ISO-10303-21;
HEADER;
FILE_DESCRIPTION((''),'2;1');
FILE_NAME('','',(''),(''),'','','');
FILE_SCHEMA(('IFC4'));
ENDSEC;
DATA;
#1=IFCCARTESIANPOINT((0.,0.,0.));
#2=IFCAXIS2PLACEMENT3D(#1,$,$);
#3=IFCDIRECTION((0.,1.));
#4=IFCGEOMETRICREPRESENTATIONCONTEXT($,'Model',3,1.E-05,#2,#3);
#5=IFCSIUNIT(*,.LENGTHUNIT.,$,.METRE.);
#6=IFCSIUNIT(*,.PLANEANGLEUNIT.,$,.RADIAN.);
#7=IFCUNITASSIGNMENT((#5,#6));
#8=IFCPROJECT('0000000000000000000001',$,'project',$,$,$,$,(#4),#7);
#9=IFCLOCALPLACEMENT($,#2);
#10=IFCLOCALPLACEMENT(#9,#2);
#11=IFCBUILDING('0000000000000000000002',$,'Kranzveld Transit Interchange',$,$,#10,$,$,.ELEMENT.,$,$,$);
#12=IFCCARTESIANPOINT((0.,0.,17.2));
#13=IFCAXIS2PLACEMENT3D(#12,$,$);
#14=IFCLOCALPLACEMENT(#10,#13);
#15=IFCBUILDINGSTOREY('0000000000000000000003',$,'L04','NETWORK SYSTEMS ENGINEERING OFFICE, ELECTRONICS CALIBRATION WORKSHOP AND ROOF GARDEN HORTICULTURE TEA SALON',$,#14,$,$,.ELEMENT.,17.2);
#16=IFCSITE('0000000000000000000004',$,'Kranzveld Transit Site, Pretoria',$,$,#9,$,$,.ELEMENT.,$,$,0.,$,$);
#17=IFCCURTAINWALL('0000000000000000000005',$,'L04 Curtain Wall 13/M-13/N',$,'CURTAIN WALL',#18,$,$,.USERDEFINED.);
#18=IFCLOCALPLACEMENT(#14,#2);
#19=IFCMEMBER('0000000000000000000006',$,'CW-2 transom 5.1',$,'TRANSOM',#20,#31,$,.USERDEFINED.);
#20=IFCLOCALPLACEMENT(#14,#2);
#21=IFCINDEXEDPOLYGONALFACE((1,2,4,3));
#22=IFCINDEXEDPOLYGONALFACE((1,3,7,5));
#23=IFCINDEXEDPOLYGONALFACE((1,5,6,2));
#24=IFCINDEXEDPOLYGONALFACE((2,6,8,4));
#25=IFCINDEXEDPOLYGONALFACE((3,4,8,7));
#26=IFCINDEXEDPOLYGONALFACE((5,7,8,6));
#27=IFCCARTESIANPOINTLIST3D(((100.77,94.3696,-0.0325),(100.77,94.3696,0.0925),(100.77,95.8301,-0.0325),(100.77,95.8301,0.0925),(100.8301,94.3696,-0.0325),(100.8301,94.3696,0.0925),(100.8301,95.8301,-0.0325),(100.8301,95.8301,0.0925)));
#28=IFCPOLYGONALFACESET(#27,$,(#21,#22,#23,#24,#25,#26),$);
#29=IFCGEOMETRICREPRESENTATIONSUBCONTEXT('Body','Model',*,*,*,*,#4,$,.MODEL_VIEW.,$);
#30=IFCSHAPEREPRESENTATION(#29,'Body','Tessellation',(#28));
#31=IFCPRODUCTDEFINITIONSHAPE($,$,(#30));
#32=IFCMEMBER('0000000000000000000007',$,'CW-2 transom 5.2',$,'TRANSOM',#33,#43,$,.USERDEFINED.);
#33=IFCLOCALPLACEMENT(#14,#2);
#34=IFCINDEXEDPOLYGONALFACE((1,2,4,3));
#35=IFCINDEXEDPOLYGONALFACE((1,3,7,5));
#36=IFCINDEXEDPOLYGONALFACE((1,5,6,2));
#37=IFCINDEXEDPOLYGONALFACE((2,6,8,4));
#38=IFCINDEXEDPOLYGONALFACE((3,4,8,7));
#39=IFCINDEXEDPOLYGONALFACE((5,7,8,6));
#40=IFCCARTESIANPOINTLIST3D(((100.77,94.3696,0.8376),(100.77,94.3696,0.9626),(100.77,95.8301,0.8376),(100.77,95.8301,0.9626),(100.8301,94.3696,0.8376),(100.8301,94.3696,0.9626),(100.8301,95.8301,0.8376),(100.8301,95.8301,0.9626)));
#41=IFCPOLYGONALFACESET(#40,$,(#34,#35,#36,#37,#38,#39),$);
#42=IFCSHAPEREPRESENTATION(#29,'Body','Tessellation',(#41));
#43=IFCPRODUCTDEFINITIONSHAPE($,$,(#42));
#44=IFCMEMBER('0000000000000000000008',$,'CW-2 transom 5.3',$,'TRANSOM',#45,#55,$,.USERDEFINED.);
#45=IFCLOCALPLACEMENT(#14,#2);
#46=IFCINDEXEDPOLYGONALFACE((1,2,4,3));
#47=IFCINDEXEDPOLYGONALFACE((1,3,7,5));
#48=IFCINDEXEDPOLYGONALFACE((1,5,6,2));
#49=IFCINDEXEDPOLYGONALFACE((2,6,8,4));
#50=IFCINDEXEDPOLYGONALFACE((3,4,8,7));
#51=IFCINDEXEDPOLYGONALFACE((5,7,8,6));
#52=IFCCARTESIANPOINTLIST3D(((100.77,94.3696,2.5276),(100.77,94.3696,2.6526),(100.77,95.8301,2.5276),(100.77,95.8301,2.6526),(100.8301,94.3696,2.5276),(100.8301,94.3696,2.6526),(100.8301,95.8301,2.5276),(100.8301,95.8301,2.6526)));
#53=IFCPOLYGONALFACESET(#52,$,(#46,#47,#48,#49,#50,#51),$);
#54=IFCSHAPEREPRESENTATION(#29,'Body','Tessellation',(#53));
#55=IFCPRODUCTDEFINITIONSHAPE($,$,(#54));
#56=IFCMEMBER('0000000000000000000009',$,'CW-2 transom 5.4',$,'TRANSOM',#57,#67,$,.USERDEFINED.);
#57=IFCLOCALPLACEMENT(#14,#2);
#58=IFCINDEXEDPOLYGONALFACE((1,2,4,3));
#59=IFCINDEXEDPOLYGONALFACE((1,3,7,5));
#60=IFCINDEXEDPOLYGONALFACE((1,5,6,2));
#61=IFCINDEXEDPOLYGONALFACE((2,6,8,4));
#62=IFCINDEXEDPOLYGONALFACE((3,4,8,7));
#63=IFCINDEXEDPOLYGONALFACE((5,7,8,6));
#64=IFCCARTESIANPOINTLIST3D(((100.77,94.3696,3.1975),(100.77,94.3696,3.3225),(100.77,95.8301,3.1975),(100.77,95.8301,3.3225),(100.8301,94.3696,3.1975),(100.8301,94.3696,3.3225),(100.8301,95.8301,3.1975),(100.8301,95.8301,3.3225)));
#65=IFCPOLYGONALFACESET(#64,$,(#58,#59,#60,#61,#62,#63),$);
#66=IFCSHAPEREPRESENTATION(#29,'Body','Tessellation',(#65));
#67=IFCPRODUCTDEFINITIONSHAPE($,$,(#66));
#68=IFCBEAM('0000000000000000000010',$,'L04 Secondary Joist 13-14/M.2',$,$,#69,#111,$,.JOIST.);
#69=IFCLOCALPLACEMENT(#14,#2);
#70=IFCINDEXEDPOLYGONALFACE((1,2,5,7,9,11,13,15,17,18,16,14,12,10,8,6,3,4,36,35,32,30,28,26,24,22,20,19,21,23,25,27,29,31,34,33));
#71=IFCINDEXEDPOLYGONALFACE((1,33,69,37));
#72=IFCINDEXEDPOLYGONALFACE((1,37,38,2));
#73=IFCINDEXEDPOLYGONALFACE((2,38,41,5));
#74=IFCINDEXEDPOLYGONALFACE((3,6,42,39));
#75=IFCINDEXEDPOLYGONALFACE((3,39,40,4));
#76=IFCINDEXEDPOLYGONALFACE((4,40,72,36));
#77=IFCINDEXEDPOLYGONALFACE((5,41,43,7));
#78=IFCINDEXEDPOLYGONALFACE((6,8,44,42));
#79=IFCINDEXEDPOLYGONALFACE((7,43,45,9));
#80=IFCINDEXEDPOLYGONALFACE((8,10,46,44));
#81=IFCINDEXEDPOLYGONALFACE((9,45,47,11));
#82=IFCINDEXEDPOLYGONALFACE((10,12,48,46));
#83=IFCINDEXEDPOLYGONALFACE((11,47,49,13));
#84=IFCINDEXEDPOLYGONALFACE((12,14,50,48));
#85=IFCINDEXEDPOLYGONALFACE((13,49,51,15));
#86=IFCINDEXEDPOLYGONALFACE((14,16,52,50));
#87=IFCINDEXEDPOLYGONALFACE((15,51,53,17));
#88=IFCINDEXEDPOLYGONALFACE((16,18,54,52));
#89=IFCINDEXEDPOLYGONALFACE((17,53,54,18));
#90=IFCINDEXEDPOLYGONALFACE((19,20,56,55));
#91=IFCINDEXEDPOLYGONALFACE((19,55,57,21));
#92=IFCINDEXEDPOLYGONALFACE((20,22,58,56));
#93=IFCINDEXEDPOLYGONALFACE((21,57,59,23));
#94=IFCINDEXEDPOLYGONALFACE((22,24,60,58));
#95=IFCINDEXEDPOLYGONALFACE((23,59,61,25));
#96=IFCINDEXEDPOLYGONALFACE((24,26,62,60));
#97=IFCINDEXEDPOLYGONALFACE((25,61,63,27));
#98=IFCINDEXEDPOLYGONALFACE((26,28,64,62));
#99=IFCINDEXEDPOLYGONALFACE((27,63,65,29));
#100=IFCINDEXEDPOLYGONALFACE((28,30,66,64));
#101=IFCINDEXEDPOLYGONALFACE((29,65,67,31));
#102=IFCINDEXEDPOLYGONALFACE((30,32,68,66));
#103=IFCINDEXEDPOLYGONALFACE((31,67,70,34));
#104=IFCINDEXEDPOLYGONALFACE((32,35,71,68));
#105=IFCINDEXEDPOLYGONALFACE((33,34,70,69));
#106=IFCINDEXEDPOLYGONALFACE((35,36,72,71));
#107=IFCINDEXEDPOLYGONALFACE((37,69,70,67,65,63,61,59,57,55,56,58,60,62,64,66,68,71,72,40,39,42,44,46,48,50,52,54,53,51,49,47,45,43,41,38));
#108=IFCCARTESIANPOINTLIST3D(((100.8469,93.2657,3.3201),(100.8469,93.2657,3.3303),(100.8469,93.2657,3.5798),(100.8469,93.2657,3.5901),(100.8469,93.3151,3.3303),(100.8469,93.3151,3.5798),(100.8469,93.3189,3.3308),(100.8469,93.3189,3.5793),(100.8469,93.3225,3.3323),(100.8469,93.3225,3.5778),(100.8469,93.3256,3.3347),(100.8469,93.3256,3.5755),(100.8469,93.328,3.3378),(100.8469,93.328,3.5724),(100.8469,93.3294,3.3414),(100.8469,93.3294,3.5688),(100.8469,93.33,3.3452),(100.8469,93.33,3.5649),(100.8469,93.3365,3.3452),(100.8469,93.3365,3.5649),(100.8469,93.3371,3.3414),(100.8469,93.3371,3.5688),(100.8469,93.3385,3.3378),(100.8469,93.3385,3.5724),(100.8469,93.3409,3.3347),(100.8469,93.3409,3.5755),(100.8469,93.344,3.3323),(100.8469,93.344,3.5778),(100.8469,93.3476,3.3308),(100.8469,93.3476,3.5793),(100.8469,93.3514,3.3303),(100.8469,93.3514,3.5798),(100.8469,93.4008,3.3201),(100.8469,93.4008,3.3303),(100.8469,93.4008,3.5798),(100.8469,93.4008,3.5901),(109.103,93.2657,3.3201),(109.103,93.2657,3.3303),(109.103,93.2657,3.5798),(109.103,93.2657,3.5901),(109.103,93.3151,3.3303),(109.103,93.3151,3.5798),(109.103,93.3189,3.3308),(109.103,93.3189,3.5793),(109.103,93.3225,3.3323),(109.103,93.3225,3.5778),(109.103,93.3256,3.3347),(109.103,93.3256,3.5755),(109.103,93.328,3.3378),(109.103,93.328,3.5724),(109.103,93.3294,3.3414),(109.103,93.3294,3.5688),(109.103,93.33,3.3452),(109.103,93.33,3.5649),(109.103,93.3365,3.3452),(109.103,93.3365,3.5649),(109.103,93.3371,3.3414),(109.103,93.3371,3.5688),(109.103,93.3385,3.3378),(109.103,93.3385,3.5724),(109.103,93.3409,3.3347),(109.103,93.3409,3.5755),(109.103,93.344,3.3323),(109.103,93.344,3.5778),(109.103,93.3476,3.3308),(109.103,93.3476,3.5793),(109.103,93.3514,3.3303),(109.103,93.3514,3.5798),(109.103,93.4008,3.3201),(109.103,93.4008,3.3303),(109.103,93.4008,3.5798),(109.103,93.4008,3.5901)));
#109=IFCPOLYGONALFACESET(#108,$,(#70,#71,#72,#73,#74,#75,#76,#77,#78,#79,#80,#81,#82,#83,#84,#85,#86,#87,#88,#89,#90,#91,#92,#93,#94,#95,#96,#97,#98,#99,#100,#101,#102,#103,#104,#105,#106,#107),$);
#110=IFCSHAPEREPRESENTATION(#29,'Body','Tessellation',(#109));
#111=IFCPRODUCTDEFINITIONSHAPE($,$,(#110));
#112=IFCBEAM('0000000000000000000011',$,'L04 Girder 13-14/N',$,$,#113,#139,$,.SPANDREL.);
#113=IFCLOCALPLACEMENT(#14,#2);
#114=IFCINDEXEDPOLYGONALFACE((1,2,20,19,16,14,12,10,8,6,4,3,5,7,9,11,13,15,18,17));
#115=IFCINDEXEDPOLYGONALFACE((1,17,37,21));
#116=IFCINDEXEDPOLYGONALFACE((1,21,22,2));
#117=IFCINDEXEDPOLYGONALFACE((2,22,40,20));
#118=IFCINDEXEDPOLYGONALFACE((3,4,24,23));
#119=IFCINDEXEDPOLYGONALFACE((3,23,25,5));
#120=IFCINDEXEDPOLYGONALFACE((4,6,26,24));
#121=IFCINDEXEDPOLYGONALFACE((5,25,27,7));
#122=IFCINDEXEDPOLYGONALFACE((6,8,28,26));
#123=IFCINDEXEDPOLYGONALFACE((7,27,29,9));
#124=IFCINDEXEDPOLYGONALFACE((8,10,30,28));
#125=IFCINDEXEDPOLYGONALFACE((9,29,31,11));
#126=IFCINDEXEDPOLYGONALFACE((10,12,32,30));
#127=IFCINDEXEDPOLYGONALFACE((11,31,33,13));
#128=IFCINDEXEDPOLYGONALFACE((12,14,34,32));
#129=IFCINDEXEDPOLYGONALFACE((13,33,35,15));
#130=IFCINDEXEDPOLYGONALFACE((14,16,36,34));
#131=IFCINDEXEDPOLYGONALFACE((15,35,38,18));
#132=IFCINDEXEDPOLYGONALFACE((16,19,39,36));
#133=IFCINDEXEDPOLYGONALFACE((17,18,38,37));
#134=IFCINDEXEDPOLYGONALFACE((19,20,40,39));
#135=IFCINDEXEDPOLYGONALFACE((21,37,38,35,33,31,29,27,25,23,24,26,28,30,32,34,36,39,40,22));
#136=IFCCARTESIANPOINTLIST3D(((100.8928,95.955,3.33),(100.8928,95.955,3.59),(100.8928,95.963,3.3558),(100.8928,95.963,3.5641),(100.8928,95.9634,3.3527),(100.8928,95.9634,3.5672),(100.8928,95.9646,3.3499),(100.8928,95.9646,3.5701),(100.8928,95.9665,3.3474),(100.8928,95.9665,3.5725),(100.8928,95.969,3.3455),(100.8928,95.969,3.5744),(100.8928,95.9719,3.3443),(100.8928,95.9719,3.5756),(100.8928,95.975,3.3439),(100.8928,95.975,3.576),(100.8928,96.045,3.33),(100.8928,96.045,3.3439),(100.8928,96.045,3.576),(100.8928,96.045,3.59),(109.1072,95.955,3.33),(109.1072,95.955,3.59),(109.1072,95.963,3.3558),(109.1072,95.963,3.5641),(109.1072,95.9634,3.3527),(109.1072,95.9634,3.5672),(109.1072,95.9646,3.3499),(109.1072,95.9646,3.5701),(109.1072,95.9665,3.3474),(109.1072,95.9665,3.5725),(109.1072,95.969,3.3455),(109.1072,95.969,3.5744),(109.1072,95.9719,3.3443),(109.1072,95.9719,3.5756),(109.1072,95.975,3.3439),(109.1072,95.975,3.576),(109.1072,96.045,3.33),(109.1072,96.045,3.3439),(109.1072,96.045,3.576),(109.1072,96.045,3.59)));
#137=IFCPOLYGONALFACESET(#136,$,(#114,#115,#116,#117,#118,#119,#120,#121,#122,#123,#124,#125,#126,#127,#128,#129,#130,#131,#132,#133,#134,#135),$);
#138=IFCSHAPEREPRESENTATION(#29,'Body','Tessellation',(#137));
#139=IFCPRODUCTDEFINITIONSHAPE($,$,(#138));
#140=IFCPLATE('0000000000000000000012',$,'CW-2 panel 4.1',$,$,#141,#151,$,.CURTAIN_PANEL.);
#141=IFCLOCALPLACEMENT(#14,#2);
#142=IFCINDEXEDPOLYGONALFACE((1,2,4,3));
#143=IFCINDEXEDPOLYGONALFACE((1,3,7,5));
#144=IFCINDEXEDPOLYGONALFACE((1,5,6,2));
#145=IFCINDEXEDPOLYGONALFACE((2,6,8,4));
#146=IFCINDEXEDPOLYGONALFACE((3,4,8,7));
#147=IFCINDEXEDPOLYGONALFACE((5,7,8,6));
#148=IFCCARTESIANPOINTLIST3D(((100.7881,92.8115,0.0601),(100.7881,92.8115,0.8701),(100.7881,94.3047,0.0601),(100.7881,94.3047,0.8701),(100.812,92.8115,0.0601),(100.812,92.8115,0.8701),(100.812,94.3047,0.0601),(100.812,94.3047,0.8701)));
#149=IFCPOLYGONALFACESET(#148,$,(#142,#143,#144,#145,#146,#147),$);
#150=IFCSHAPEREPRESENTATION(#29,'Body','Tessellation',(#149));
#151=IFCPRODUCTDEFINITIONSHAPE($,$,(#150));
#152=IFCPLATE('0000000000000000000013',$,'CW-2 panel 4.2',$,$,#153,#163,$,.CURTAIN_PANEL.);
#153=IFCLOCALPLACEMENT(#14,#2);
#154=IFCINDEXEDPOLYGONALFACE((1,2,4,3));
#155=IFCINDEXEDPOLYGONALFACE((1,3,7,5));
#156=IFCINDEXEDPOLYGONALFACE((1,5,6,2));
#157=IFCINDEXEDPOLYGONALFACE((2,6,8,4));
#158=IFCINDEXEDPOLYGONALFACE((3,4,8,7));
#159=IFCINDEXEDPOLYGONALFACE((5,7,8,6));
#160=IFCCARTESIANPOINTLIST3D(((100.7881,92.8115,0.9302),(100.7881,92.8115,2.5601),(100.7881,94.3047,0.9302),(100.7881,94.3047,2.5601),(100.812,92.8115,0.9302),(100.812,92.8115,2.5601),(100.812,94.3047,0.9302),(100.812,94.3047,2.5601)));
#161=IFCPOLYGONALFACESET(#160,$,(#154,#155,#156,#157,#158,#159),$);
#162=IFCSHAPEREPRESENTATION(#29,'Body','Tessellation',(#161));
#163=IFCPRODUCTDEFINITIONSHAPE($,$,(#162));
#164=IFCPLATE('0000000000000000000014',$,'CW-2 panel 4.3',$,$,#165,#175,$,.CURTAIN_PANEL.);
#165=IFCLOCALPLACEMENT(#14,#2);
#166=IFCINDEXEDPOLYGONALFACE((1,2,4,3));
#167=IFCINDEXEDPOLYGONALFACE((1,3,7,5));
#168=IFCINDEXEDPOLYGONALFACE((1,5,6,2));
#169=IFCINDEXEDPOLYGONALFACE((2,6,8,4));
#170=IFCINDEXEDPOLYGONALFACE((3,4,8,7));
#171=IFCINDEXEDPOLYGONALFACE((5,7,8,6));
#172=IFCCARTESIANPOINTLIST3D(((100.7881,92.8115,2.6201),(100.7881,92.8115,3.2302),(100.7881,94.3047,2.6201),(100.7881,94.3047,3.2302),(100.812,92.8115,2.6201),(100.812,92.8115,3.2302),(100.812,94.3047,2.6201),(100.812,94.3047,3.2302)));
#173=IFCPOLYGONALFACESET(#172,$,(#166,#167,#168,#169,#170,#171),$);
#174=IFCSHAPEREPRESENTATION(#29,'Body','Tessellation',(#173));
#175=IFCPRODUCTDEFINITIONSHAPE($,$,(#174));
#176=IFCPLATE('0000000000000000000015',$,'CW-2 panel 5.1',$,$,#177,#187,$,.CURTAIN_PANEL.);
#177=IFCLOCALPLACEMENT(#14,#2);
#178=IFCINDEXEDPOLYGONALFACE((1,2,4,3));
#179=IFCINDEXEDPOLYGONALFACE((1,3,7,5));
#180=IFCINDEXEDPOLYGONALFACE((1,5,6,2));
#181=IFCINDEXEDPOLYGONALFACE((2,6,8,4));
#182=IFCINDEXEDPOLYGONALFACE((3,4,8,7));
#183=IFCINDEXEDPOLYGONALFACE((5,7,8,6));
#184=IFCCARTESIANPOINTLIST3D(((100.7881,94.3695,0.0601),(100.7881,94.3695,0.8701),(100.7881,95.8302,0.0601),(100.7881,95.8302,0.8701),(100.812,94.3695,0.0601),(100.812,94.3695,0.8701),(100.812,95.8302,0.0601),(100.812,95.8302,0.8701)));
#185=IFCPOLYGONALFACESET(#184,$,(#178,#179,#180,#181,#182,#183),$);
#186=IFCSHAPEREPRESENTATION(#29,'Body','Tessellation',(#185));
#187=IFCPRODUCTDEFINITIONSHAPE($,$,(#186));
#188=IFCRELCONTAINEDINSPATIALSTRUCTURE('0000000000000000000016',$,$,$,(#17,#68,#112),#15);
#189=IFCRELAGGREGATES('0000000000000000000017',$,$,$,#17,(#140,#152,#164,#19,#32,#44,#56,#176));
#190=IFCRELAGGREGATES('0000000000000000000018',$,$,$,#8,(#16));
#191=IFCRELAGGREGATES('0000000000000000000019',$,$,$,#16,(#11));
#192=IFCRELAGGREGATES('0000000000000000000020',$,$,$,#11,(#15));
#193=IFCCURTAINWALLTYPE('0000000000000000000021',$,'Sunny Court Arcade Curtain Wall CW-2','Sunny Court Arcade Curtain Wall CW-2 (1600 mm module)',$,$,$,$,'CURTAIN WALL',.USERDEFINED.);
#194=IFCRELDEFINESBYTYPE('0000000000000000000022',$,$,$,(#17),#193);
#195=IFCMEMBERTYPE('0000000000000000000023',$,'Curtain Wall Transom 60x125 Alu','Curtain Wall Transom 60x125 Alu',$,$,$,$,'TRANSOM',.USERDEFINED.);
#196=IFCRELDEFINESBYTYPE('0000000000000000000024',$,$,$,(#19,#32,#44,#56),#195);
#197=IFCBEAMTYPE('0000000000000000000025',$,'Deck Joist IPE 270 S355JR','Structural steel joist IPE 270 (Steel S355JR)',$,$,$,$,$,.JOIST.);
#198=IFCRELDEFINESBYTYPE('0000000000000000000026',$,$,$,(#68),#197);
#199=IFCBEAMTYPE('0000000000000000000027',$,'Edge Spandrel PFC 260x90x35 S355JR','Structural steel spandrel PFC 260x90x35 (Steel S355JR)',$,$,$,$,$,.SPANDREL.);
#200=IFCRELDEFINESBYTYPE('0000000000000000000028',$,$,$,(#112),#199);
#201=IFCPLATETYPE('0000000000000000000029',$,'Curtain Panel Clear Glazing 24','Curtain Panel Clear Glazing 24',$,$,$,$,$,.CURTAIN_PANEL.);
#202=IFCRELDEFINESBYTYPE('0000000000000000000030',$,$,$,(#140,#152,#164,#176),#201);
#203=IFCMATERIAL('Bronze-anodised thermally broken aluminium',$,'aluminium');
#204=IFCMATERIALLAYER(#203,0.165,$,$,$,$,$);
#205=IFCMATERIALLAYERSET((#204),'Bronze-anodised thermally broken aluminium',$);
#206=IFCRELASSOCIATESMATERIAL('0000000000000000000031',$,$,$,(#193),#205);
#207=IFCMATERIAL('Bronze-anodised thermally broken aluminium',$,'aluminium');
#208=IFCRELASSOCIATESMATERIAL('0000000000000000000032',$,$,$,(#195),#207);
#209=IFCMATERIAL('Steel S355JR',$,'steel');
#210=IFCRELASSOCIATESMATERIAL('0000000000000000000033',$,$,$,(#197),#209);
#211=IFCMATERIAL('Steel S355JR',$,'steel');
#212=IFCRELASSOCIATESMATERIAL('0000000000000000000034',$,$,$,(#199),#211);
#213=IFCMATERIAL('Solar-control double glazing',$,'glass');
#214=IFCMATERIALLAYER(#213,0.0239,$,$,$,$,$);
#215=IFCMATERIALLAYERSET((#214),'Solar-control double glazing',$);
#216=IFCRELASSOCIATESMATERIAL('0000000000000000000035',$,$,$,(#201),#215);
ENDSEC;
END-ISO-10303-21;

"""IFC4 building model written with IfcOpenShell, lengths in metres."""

from ifc_helpers import new_model, si_unit, direction, frame, origin, origin_2d, place, context, subcontext, project, spatial, rectangle, i_section, u_section, extrude, material, layer, layer_set, material_profile, profile_set, type_object, element, aggregate, save


model = new_model("IFC4")

# Units and contexts
model_context = context("Model", 3, precision=1e-05, world=origin(), true_north=direction((0.0, 1.0)))
body_context = subcontext(model_context, "Body", "Model", "MODEL_VIEW")
ifc_project = project(units=[si_unit("LENGTHUNIT", "METRE"), si_unit("PLANEANGLEUNIT", "RADIAN")], contexts=[model_context])

# Site, building, storey
site_placement = place(None, origin())
site = spatial("IfcSite", under=ifc_project, at=site_placement, Name="Kranzveld Transit Site, Pretoria", CompositionType="ELEMENT", RefElevation=0.0)
building_placement = place(site_placement, origin())
building = spatial("IfcBuilding", under=site, at=building_placement, Name="Kranzveld Transit Interchange", CompositionType="ELEMENT")
storey_placement = place(building_placement, frame((0.0, 0.0, 17.2)))
storey = spatial("IfcBuildingStorey", under=building, at=storey_placement, Name="L04", Description="NETWORK SYSTEMS ENGINEERING OFFICE, ELECTRONICS CALIBRATION WORKSHOP AND ROOF GARDEN HORTICULTURE TEA SALON", CompositionType="ELEMENT", Elevation=17.2)

# Curtain wall
ifc_material_1 = material(Name="Bronze-anodised thermally broken aluminium", Category="aluminium")
ifc_layer_1 = layer(ifc_material_1, 0.165)
ifc_layer_set_1 = layer_set([ifc_layer_1], Name="Bronze-anodised thermally broken aluminium")
curtain_wall_type_1 = type_object("IfcCurtainWallType", Name="Sunny Court Arcade Curtain Wall CW-2", Description="Sunny Court Arcade Curtain Wall CW-2 (1600 mm module)", ElementType="CURTAIN WALL", PredefinedType="USERDEFINED", material=ifc_layer_set_1)
curtain_wall_1_placement = place(storey_placement, origin())
curtain_wall_1 = element("IfcCurtainWall", 1, at=curtain_wall_1_placement, inside=storey, type_object=curtain_wall_type_1, Name="L04 Curtain Wall 13/M-13/N", ObjectType="CURTAIN WALL", PredefinedType="USERDEFINED")

# Members
ifc_material_2 = material(Name="Bronze-anodised thermally broken aluminium", Category="aluminium")
ifc_material_profile_1 = material_profile(ifc_material_2, rectangle(XDim=0.0601, YDim=0.125, at=origin_2d()), Name="ALU TRANSOM 60x125")
ifc_profile_set_1 = profile_set([ifc_material_profile_1], Name="Bronze-anodised thermally broken aluminium")
member_type_1 = type_object("IfcMemberType", Name="Curtain Wall Transom 60x125 Alu", Description="Curtain Wall Transom 60x125 Alu", ElementType="TRANSOM", PredefinedType="USERDEFINED", material=ifc_profile_set_1)
member_1_placement = place(storey_placement, frame((100.8, 94.3696, 0.03), z_axis=(0.0, 1.0, 0.0), x_axis=(-1.0, 0.0, 0.0)))
member_1 = element("IfcMember", 2, at=member_1_placement, type_object=member_type_1, Name="CW-2 transom 5.1", ObjectType="TRANSOM", PredefinedType="USERDEFINED", context=body_context, shape_type="SweptSolid", body=[
    extrude(rectangle(XDim=0.0601, YDim=0.125, at=origin_2d()), origin(), (0.0, 0.0, 1.0), 1.4604),
])
member_2_placement = place(storey_placement, frame((100.8, 94.3696, 0.9001), z_axis=(0.0, 1.0, 0.0), x_axis=(-1.0, 0.0, 0.0)))
member_2 = element("IfcMember", 3, at=member_2_placement, type_object=member_type_1, Name="CW-2 transom 5.2", ObjectType="TRANSOM", PredefinedType="USERDEFINED", context=body_context, shape_type="SweptSolid", body=[
    extrude(rectangle(XDim=0.0601, YDim=0.125, at=origin_2d()), origin(), (0.0, 0.0, 1.0), 1.4604),
])
member_3_placement = place(storey_placement, frame((100.8, 94.3696, 2.5901), z_axis=(0.0, 1.0, 0.0), x_axis=(-1.0, 0.0, 0.0)))
member_3 = element("IfcMember", 4, at=member_3_placement, type_object=member_type_1, Name="CW-2 transom 5.3", ObjectType="TRANSOM", PredefinedType="USERDEFINED", context=body_context, shape_type="SweptSolid", body=[
    extrude(rectangle(XDim=0.0601, YDim=0.125, at=origin_2d()), origin(), (0.0, 0.0, 1.0), 1.4604),
])
member_4_placement = place(storey_placement, frame((100.8, 94.3696, 3.26), z_axis=(0.0, 1.0, 0.0), x_axis=(-1.0, 0.0, 0.0)))
member_4 = element("IfcMember", 5, at=member_4_placement, type_object=member_type_1, Name="CW-2 transom 5.4", ObjectType="TRANSOM", PredefinedType="USERDEFINED", context=body_context, shape_type="SweptSolid", body=[
    extrude(rectangle(XDim=0.0601, YDim=0.125, at=origin_2d()), origin(), (0.0, 0.0, 1.0), 1.4604),
])

# Beams
ifc_material_3 = material(Name="Steel S355JR", Category="steel")
ifc_material_profile_2 = material_profile(ifc_material_3, i_section(OverallWidth=0.135, OverallDepth=0.27, WebThickness=0.0066, FlangeThickness=0.0103, FilletRadius=0.0149, at=origin_2d()), Name="IPE 270")
ifc_profile_set_2 = profile_set([ifc_material_profile_2], Name="Steel S355JR")
beam_type_1 = type_object("IfcBeamType", Name="Deck Joist IPE 270 S355JR", Description="Structural steel joist IPE 270 (Steel S355JR)", PredefinedType="JOIST", material=ifc_profile_set_2)
beam_1_placement = place(storey_placement, frame((100.8469, 93.3333, 3.4551), z_axis=(1.0, 0.0, 0.0), x_axis=(0.0, 1.0, 0.0)))
element("IfcBeam", 6, at=beam_1_placement, inside=storey, type_object=beam_type_1, Name="L04 Secondary Joist 13-14/M.2", PredefinedType="JOIST", context=body_context, shape_type="SweptSolid", body=[
    extrude(i_section(OverallWidth=0.135, OverallDepth=0.27, WebThickness=0.0066, FlangeThickness=0.0103, FilletRadius=0.0149, at=origin_2d()), origin(), (0.0, 0.0, 1.0), 8.2561),
])
ifc_material_4 = material(Name="Steel S355JR", Category="steel")
ifc_material_profile_3 = material_profile(ifc_material_4, u_section(Depth=0.26, FlangeWidth=0.0901, WebThickness=0.0081, FlangeThickness=0.0139, FilletRadius=0.012, at=origin_2d()), Name="PFC 260x90x35")
ifc_profile_set_3 = profile_set([ifc_material_profile_3], Name="Steel S355JR")
beam_type_2 = type_object("IfcBeamType", Name="Edge Spandrel PFC 260x90x35 S355JR", Description="Structural steel spandrel PFC 260x90x35 (Steel S355JR)", PredefinedType="SPANDREL", material=ifc_profile_set_3)
beam_2_placement = place(storey_placement, frame((100.8928, 96.0, 3.46), z_axis=(1.0, 0.0, 0.0), x_axis=(0.0, 1.0, 0.0)))
element("IfcBeam", 7, at=beam_2_placement, inside=storey, type_object=beam_type_2, Name="L04 Girder 13-14/N", PredefinedType="SPANDREL", context=body_context, shape_type="SweptSolid", body=[
    extrude(u_section(Depth=0.26, FlangeWidth=0.0901, WebThickness=0.0081, FlangeThickness=0.0139, FilletRadius=0.012, at=origin_2d()), origin(), (0.0, 0.0, 1.0), 8.2144),
])

# Plates
ifc_material_5 = material(Name="Solar-control double glazing", Category="glass")
ifc_layer_2 = layer(ifc_material_5, 0.0239)
ifc_layer_set_2 = layer_set([ifc_layer_2], Name="Solar-control double glazing")
plate_type_1 = type_object("IfcPlateType", Name="Curtain Panel Clear Glazing 24", Description="Curtain Panel Clear Glazing 24", PredefinedType="CURTAIN_PANEL", material=ifc_layer_set_2)
plate_1_placement = place(storey_placement, frame((100.8, 93.5581, 0.0601), z_axis=(0.0, 0.0, 1.0), x_axis=(0.0, 1.0, 0.0)))
plate_1 = element("IfcPlate", 8, at=plate_1_placement, type_object=plate_type_1, Name="CW-2 panel 4.1", PredefinedType="CURTAIN_PANEL", context=body_context, shape_type="SweptSolid", body=[
    extrude(rectangle(XDim=1.4932, YDim=0.0239, at=origin_2d()), origin(), (0.0, 0.0, 1.0), 0.8101),
])
plate_2_placement = place(storey_placement, frame((100.8, 93.5581, 0.9302), z_axis=(0.0, 0.0, 1.0), x_axis=(0.0, 1.0, 0.0)))
plate_2 = element("IfcPlate", 9, at=plate_2_placement, type_object=plate_type_1, Name="CW-2 panel 4.2", PredefinedType="CURTAIN_PANEL", context=body_context, shape_type="SweptSolid", body=[
    extrude(rectangle(XDim=1.4932, YDim=0.0239, at=origin_2d()), origin(), (0.0, 0.0, 1.0), 1.6299),
])
plate_3_placement = place(storey_placement, frame((100.8, 93.5581, 2.6201), z_axis=(0.0, 0.0, 1.0), x_axis=(0.0, 1.0, 0.0)))
plate_3 = element("IfcPlate", 10, at=plate_3_placement, type_object=plate_type_1, Name="CW-2 panel 4.3", PredefinedType="CURTAIN_PANEL", context=body_context, shape_type="SweptSolid", body=[
    extrude(rectangle(XDim=1.4932, YDim=0.0239, at=origin_2d()), origin(), (0.0, 0.0, 1.0), 0.6101),
])
plate_4_placement = place(storey_placement, frame((100.8, 95.0999, 0.0601), z_axis=(0.0, 0.0, 1.0), x_axis=(0.0, 1.0, 0.0)))
plate_4 = element("IfcPlate", 11, at=plate_4_placement, type_object=plate_type_1, Name="CW-2 panel 5.1", PredefinedType="CURTAIN_PANEL", context=body_context, shape_type="SweptSolid", body=[
    extrude(rectangle(XDim=1.4607, YDim=0.0239, at=origin_2d()), origin(), (0.0, 0.0, 1.0), 0.8101),
])
aggregate(curtain_wall_1, [plate_1, plate_2, plate_3, member_1, member_2, member_3, member_4, plate_4])

save(model, "model.ifc")
